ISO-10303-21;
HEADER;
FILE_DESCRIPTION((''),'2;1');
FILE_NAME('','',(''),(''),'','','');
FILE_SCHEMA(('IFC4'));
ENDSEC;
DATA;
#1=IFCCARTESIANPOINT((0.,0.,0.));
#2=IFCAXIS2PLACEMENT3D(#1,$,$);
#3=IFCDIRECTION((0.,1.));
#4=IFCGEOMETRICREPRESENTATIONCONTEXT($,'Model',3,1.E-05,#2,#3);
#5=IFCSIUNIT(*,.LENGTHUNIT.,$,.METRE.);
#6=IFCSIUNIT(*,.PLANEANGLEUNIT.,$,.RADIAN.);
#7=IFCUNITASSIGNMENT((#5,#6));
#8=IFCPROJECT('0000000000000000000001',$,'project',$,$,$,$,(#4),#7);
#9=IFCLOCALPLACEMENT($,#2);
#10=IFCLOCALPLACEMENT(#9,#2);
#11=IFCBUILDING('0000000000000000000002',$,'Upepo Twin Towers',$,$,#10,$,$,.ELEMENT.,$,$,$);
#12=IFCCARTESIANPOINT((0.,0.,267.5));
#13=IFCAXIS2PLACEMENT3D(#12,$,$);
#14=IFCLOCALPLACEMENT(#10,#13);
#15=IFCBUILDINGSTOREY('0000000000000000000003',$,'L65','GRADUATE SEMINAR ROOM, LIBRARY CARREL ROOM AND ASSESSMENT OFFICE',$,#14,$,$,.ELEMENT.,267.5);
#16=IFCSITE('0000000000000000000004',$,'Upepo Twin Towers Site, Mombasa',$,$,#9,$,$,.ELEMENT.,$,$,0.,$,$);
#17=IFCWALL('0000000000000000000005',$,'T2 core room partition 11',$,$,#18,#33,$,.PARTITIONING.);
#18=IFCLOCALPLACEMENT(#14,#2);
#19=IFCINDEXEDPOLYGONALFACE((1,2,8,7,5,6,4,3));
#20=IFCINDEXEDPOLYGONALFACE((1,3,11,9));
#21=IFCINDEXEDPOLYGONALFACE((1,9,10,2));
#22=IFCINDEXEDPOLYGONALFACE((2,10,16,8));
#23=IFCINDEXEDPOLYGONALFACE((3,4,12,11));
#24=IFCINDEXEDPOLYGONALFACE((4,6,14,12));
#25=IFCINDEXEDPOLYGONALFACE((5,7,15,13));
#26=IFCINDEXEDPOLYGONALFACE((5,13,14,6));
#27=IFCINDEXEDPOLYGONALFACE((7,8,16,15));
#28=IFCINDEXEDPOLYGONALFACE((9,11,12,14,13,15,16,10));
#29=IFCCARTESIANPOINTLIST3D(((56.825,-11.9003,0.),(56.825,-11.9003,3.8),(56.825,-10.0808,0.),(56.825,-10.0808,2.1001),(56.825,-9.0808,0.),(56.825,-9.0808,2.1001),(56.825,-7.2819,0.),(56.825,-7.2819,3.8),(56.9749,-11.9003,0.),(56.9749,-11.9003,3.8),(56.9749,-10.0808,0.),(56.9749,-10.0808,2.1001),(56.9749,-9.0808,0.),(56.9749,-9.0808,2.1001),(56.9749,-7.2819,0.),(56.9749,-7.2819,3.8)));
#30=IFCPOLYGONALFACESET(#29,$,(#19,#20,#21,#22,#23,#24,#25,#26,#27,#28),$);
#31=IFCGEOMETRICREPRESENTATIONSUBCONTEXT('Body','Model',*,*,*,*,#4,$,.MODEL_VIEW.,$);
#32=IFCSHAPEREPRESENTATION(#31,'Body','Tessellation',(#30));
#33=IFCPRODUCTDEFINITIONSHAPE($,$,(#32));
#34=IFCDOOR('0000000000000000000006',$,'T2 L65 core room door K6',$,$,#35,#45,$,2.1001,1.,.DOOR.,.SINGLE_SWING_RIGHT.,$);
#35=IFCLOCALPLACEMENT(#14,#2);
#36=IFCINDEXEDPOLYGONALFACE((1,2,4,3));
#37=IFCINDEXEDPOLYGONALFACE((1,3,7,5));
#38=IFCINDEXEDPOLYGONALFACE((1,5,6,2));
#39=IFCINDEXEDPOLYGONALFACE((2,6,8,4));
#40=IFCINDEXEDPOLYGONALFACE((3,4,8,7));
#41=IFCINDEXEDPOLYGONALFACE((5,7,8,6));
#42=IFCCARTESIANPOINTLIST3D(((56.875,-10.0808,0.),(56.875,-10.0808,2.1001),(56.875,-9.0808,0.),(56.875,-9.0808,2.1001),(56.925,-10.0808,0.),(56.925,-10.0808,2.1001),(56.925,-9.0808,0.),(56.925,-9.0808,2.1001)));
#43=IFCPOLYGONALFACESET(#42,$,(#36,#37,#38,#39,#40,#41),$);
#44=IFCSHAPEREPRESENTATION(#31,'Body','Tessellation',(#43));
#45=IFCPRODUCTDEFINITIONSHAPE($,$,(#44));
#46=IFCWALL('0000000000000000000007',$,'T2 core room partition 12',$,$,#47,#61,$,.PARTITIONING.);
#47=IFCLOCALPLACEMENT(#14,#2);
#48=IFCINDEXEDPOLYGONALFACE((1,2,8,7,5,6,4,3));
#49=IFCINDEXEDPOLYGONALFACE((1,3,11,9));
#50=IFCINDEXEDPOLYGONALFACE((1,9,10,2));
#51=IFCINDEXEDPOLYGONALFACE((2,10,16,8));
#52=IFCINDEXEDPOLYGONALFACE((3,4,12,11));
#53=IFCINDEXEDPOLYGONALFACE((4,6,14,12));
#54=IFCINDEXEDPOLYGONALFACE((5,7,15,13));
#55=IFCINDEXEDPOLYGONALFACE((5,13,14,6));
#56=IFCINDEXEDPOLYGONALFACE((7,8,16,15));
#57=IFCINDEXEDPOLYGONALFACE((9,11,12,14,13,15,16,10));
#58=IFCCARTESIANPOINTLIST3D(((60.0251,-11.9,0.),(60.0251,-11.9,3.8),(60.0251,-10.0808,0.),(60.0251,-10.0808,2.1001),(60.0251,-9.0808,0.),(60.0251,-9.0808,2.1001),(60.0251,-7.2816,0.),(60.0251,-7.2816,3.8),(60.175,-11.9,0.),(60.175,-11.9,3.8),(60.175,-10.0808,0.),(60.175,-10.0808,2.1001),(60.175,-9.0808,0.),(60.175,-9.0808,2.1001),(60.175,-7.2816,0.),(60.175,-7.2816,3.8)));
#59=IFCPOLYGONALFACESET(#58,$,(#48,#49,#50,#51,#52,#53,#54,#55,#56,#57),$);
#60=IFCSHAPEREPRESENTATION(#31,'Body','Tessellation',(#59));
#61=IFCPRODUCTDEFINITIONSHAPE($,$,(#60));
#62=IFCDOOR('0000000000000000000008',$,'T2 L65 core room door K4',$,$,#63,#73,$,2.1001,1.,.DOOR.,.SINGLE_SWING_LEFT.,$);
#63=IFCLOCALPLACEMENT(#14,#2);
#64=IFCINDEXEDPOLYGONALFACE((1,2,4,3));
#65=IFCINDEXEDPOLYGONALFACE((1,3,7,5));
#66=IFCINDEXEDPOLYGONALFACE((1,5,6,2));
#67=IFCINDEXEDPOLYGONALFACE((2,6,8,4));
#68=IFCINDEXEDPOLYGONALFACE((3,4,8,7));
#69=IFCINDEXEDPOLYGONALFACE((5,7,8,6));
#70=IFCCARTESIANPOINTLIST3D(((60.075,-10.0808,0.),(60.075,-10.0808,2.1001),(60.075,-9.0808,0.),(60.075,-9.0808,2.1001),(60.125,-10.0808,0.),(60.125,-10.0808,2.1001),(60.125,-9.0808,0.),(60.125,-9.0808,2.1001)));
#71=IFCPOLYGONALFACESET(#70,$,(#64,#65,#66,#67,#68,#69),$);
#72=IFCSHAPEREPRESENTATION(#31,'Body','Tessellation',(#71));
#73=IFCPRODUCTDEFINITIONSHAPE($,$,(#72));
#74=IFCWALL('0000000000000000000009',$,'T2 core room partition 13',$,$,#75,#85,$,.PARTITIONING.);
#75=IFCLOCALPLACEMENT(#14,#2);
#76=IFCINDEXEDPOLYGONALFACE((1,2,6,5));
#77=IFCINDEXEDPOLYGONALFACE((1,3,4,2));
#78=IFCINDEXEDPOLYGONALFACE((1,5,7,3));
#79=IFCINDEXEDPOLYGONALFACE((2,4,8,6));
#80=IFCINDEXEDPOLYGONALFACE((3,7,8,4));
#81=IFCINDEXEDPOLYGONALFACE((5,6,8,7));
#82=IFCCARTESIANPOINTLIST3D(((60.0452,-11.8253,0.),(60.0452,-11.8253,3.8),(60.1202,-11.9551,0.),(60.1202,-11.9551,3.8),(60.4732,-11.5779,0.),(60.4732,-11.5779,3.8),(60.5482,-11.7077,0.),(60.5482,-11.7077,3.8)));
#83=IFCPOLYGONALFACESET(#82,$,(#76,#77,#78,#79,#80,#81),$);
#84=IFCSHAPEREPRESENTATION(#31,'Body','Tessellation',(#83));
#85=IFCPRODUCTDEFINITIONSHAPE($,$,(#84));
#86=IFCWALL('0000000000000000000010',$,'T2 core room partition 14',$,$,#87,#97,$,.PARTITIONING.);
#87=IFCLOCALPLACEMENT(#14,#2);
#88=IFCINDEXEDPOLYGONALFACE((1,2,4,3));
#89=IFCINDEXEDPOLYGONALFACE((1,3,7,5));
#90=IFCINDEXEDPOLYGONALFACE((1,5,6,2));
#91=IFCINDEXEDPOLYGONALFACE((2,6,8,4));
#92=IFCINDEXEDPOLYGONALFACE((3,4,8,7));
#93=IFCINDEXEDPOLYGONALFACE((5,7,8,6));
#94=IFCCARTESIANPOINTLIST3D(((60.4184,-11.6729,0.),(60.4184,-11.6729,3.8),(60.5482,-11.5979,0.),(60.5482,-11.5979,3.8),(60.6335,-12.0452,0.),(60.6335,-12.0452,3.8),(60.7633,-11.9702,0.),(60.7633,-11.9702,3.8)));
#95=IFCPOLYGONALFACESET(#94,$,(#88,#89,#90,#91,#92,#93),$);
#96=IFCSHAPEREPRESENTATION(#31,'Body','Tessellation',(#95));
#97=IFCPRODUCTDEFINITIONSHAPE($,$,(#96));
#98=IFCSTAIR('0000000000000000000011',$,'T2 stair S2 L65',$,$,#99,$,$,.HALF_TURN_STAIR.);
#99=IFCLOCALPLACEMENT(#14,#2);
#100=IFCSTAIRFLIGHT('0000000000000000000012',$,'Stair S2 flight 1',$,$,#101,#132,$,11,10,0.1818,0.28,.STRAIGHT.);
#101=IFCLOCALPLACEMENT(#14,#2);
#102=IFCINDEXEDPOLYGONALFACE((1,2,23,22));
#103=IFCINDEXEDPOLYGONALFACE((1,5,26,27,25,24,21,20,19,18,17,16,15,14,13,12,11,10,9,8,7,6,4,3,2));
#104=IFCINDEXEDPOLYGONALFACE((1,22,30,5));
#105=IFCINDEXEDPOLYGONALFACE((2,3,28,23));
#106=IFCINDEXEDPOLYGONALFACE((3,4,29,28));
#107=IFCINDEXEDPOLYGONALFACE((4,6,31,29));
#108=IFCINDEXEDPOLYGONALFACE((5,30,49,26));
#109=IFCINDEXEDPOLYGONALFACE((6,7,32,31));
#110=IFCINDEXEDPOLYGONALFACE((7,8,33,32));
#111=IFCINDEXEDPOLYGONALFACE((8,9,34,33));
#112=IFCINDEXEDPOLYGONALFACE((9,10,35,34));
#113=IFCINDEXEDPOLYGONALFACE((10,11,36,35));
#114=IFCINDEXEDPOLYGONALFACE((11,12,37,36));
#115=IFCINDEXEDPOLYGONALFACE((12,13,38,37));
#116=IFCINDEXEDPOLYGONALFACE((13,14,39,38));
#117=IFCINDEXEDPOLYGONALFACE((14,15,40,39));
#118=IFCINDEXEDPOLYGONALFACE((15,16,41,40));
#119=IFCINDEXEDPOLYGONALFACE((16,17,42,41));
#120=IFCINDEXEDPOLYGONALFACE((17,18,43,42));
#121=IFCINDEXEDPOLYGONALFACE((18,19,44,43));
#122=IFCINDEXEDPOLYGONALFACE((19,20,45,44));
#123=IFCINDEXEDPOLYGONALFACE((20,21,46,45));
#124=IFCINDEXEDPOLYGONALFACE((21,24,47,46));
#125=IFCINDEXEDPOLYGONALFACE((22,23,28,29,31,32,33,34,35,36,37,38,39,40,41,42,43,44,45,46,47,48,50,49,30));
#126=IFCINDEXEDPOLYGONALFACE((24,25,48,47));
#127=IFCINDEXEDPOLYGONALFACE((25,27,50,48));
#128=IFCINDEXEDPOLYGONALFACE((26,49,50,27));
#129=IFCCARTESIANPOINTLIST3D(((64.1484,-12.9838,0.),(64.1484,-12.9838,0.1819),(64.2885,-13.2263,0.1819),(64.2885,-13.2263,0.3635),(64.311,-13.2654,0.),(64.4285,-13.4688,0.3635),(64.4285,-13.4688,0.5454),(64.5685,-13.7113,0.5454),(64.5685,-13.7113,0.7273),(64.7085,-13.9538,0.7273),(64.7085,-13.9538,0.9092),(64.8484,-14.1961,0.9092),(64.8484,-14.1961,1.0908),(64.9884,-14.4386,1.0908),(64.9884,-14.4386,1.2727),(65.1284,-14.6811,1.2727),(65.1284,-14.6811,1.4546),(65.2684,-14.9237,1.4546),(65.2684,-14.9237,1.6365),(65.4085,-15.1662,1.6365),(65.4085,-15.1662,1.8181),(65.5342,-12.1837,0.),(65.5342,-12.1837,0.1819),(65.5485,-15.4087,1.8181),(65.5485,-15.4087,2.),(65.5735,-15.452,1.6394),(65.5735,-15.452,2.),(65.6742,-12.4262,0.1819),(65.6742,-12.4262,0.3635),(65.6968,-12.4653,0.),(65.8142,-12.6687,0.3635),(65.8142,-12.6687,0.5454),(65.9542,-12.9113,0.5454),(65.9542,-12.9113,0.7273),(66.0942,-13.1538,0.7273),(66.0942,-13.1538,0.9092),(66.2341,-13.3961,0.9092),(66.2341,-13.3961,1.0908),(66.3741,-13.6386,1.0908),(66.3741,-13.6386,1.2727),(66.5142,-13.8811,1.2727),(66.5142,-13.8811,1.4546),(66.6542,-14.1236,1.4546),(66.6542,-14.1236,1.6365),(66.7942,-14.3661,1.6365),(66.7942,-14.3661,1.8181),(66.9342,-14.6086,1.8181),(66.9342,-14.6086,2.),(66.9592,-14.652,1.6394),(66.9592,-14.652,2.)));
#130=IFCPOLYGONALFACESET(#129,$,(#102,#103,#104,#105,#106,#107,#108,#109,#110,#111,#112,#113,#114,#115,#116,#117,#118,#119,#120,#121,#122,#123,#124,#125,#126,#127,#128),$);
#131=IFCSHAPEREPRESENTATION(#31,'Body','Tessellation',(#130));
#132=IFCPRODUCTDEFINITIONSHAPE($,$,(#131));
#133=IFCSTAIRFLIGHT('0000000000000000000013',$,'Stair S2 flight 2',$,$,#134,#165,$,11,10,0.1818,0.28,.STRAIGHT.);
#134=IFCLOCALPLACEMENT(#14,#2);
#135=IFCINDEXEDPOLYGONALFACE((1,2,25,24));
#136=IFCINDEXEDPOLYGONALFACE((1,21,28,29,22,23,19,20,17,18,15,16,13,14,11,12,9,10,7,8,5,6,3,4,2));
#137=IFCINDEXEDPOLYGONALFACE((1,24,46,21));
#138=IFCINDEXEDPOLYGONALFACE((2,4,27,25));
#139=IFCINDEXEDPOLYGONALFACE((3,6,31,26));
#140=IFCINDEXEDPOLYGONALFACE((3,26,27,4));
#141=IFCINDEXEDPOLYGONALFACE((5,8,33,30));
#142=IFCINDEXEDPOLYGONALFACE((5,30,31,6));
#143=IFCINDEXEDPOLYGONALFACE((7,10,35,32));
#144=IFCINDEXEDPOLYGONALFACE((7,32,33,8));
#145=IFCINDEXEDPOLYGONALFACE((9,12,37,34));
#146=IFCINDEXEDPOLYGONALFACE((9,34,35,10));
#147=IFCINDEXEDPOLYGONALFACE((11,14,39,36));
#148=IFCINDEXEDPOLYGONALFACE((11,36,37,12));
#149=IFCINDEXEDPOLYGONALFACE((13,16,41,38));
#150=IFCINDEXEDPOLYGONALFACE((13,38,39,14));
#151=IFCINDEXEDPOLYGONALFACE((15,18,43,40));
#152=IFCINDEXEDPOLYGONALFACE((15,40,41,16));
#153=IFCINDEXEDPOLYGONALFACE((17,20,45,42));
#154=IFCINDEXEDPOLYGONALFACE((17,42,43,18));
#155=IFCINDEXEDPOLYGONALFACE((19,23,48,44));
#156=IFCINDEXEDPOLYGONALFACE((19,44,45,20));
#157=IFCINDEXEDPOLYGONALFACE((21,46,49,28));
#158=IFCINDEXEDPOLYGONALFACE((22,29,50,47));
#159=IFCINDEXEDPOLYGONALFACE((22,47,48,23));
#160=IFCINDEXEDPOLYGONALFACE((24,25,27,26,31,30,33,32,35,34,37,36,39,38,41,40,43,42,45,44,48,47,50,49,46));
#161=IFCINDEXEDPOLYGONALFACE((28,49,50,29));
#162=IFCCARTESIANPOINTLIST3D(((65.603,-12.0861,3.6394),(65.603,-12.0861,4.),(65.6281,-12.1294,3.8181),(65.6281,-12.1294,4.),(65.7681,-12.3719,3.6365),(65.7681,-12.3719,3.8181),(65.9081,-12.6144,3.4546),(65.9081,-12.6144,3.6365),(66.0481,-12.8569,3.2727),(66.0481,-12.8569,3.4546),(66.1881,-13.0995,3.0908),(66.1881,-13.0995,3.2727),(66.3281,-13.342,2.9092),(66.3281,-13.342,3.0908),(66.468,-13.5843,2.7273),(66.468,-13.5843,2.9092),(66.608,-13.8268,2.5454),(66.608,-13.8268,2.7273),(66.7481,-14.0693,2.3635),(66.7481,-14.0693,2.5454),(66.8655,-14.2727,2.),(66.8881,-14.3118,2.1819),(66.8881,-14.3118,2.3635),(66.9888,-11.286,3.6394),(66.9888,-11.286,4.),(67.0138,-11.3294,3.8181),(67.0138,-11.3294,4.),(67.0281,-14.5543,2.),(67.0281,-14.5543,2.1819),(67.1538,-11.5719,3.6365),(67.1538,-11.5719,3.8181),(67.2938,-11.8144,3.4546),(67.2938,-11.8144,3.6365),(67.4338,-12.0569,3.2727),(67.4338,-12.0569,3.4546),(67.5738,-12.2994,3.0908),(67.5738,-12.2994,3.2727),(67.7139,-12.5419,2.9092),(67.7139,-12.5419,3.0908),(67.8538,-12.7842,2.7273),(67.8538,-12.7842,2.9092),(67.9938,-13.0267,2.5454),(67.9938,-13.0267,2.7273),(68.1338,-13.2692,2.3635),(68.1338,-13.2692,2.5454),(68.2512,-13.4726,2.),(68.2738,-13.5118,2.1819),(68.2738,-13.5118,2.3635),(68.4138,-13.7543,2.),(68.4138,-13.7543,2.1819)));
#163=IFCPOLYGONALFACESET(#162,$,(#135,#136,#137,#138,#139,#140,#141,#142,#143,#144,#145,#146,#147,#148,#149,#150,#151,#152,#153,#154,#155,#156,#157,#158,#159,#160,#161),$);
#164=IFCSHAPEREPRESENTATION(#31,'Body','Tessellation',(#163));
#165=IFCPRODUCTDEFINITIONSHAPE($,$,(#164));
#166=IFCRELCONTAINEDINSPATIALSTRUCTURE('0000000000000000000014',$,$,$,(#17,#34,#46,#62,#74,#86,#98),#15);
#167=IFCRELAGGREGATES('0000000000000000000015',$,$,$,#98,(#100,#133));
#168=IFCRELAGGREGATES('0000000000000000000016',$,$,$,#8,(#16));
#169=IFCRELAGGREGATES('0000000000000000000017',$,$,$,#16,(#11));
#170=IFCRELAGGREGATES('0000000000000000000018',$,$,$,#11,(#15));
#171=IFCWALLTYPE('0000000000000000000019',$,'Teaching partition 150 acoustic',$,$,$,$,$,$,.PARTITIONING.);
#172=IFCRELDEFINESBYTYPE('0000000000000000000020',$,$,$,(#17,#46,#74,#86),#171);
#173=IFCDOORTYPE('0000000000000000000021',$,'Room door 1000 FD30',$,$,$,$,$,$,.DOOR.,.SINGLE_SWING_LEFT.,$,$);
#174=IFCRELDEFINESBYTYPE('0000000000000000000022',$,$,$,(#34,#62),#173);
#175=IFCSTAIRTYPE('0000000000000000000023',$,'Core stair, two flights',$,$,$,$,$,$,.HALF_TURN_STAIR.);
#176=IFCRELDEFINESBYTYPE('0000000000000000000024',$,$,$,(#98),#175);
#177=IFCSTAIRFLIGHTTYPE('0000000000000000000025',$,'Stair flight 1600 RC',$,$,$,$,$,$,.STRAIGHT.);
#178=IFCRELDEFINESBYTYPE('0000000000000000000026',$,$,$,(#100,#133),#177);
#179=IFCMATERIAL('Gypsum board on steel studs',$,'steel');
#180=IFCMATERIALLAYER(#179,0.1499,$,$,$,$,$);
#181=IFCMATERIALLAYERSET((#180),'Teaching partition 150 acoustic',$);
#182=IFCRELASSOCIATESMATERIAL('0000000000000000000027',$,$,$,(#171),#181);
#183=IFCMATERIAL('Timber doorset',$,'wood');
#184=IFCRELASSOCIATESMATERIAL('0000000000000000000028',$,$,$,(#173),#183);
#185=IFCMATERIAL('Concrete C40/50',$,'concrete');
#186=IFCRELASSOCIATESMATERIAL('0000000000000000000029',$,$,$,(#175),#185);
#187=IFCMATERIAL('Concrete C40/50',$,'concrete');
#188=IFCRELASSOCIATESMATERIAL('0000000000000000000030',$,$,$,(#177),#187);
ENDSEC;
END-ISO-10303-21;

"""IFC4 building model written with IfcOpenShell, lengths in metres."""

from ifc_helpers import new_model, si_unit, direction, frame, frame_2d, origin, place, context, subcontext, project, spatial, polyline, rectangle, outline, extrude, material, layer, layer_set, type_object, element, fill, aggregate, save


model = new_model("IFC4")

# Units and contexts
model_context = context("Model", 3, precision=1e-05, world=origin(), true_north=direction((0.0, 1.0)))
body_context = subcontext(model_context, "Body", "Model", "MODEL_VIEW")
ifc_project = project(units=[si_unit("LENGTHUNIT", "METRE"), si_unit("PLANEANGLEUNIT", "RADIAN")], contexts=[model_context])

# Site, building, storey
site_placement = place(None, origin())
site = spatial("IfcSite", under=ifc_project, at=site_placement, Name="Upepo Twin Towers Site, Mombasa", CompositionType="ELEMENT", RefElevation=0.0)
building_placement = place(site_placement, origin())
building = spatial("IfcBuilding", under=site, at=building_placement, Name="Upepo Twin Towers", CompositionType="ELEMENT")
storey_placement = place(building_placement, frame((0.0, 0.0, 267.5)))
storey = spatial("IfcBuildingStorey", under=building, at=storey_placement, Name="L65", Description="GRADUATE SEMINAR ROOM, LIBRARY CARREL ROOM AND ASSESSMENT OFFICE", CompositionType="ELEMENT", Elevation=267.5)

# Walls, openings, doors
ifc_material_1 = material(Name="Gypsum board on steel studs", Category="steel")
ifc_layer_1 = layer(ifc_material_1, 0.1499)
ifc_layer_set_1 = layer_set([ifc_layer_1], Name="Teaching partition 150 acoustic")
wall_type_1 = type_object("IfcWallType", Name="Teaching partition 150 acoustic", PredefinedType="PARTITIONING", material=ifc_layer_set_1)
wall_1_placement = place(storey_placement, frame((56.8999, -11.9001, 0.0), z_axis=(0.0, 0.0, 1.0), x_axis=(0.0, 1.0, 0.0)))
wall_1 = element("IfcWall", 1, at=wall_1_placement, inside=storey, type_object=wall_type_1, Name="T2 core room partition 11", PredefinedType="PARTITIONING", context=body_context, shape_type="SweptSolid", body=[
    extrude(rectangle(XDim=4.6184, YDim=0.1499, at=frame_2d((2.3091, 0.0))), origin(), (0.0, 0.0, 1.0), 3.8),
])
opening_1_placement = place(wall_1_placement, frame((1.8193, 0.0, 0.0)))
opening_1 = element("IfcOpeningElement", 2, at=opening_1_placement, cuts=wall_1, PredefinedType="OPENING", context=body_context, shape_type="SweptSolid", body=[
    extrude(rectangle(XDim=1.0, YDim=2.1001, at=frame_2d((0.5, 1.05))), frame((0.0, 0.085, 0.0), z_axis=(0.0, -1.0, 0.0), x_axis=(1.0, 0.0, 0.0)), (0.0, 0.0, 1.0), 0.1699),
])
ifc_material_2 = material(Name="Timber doorset", Category="wood")
door_type_1 = type_object("IfcDoorType", Name="Room door 1000 FD30", OperationType="SINGLE_SWING_LEFT", PredefinedType="DOOR", material=ifc_material_2)
door_1_placement = place(opening_1_placement, origin())
door_1 = element("IfcDoor", 3, at=door_1_placement, inside=storey, type_object=door_type_1, Name="T2 L65 core room door K6", OperationType="SINGLE_SWING_RIGHT", OverallHeight=2.1001, OverallWidth=1.0, PredefinedType="DOOR", context=body_context, shape_type="SweptSolid", body=[
    extrude(rectangle(XDim=1.0, YDim=2.1001, at=frame_2d((0.5, 1.05))), frame((0.0, 0.0249, 0.0), z_axis=(0.0, -1.0, 0.0), x_axis=(1.0, 0.0, 0.0)), (0.0, 0.0, 1.0), 0.05),
])
fill(opening_1, door_1)
wall_2_placement = place(storey_placement, frame((60.1001, -7.2817, 0.0), z_axis=(0.0, 0.0, 1.0), x_axis=(0.0, -1.0, 0.0)))
wall_2 = element("IfcWall", 4, at=wall_2_placement, inside=storey, type_object=wall_type_1, Name="T2 core room partition 12", PredefinedType="PARTITIONING", context=body_context, shape_type="SweptSolid", body=[
    extrude(rectangle(XDim=4.6184, YDim=0.1499, at=frame_2d((2.3091, 0.0))), origin(), (0.0, 0.0, 1.0), 3.8),
])
opening_2_placement = place(wall_2_placement, frame((1.7991, 0.0, 0.0)))
opening_2 = element("IfcOpeningElement", 5, at=opening_2_placement, cuts=wall_2, PredefinedType="OPENING", context=body_context, shape_type="SweptSolid", body=[
    extrude(rectangle(XDim=1.0, YDim=2.1001, at=frame_2d((0.5, 1.05))), frame((0.0, 0.085, 0.0), z_axis=(0.0, -1.0, 0.0), x_axis=(1.0, 0.0, 0.0)), (0.0, 0.0, 1.0), 0.1699),
])
door_2_placement = place(opening_2_placement, origin())
door_2 = element("IfcDoor", 6, at=door_2_placement, inside=storey, type_object=door_type_1, Name="T2 L65 core room door K4", OperationType="SINGLE_SWING_LEFT", OverallHeight=2.1001, OverallWidth=1.0, PredefinedType="DOOR", context=body_context, shape_type="SweptSolid", body=[
    extrude(rectangle(XDim=1.0, YDim=2.1001, at=frame_2d((0.5, 1.05))), frame((0.0, 0.0249, 0.0), z_axis=(0.0, -1.0, 0.0), x_axis=(1.0, 0.0, 0.0)), (0.0, 0.0, 1.0), 0.05),
])
fill(opening_2, door_2)

# Walls
wall_3_placement = place(storey_placement, frame((60.0828, -11.8901, 0.0), z_axis=(0.0, 0.0, 1.0), x_axis=(0.865832, 0.500335, 0.0)))
element("IfcWall", 7, at=wall_3_placement, inside=storey, type_object=wall_type_1, Name="T2 core room partition 13", PredefinedType="PARTITIONING", context=body_context, shape_type="SweptSolid", body=[
    extrude(rectangle(XDim=0.4944, YDim=0.1499, at=frame_2d((0.2471, 0.0))), origin(), (0.0, 0.0, 1.0), 3.8),
])
wall_4_placement = place(storey_placement, frame((60.4834, -11.6355, 0.0), z_axis=(0.0, 0.0, 1.0), x_axis=(0.50023, -0.865892, 0.0)))
element("IfcWall", 8, at=wall_4_placement, inside=storey, type_object=wall_type_1, Name="T2 core room partition 14", PredefinedType="PARTITIONING", context=body_context, shape_type="SweptSolid", body=[
    extrude(rectangle(XDim=0.4299, YDim=0.1499, at=frame_2d((0.2148, 0.0))), origin(), (0.0, 0.0, 1.0), 3.8),
])

# Stair, stair flights
ifc_material_3 = material(Name="Concrete C40/50", Category="concrete")
stair_type = type_object("IfcStairType", Name="Core stair, two flights", PredefinedType="HALF_TURN_STAIR", material=ifc_material_3)
stair_placement = place(storey_placement, origin())
stair = element("IfcStair", 9, at=stair_placement, inside=storey, type_object=stair_type, Name="T2 stair S2 L65", PredefinedType="HALF_TURN_STAIR")
ifc_material_4 = material(Name="Concrete C40/50", Category="concrete")
stair_flight_type = type_object("IfcStairFlightType", Name="Stair flight 1600 RC", PredefinedType="STRAIGHT", material=ifc_material_4)
stair_flight_1_placement = place(storey_placement, frame((64.8413, -12.5837, 0.0), z_axis=(0.0, 0.0, 1.0), x_axis=(0.5, -0.866025, 0.0)))
stair_flight_1 = element("IfcStairFlight", 10, at=stair_flight_1_placement, type_object=stair_flight_type, Name="Stair S2 flight 1", NumberOfRisers=11, NumberOfTreads=10, PredefinedType="STRAIGHT", RiserHeight=0.1818, TreadLength=0.28, context=body_context, shape_type="SweptSolid", body=[
    extrude(outline(polyline([(0.0, 0.0), (0.0, 0.1819), (0.28, 0.1819), (0.28, 0.3635), (0.5601, 0.3635), (0.5601, 0.5454), (0.8401, 0.5454), (0.8401, 0.7273), (1.1201, 0.7273), (1.1201, 0.9092), (1.3999, 0.9092), (1.3999, 1.0908), (1.6799, 1.0908), (1.6799, 1.2727), (1.96, 1.2727), (1.96, 1.4546), (2.24, 1.4546), (2.24, 1.6365), (2.52, 1.6365), (2.52, 1.8181), (2.8, 1.8181), (2.8, 2.0), (2.8501, 2.0), (2.8501, 1.6394), (0.3252, 0.0), (0.0, 0.0)])), frame((0.0, 0.8, 0.0), z_axis=(0.0, -1.0, 0.0), x_axis=(1.0, 0.0, 0.0)), (0.0, 0.0, 1.0), 1.6001),
])
stair_flight_2_placement = place(storey_placement, frame((67.7209, -14.1543, 2.0), z_axis=(0.0, 0.0, 1.0), x_axis=(-0.5, 0.866025, 0.0)))
stair_flight_2 = element("IfcStairFlight", 11, at=stair_flight_2_placement, type_object=stair_flight_type, Name="Stair S2 flight 2", NumberOfRisers=11, NumberOfTreads=10, PredefinedType="STRAIGHT", RiserHeight=0.1818, TreadLength=0.28, context=body_context, shape_type="SweptSolid", body=[
    extrude(outline(polyline([(0.0, 0.0), (0.0, 0.1819), (0.28, 0.1819), (0.28, 0.3635), (0.5601, 0.3635), (0.5601, 0.5454), (0.8401, 0.5454), (0.8401, 0.7273), (1.1201, 0.7273), (1.1201, 0.9092), (1.3999, 0.9092), (1.3999, 1.0908), (1.6799, 1.0908), (1.6799, 1.2727), (1.96, 1.2727), (1.96, 1.4546), (2.24, 1.4546), (2.24, 1.6365), (2.52, 1.6365), (2.52, 1.8181), (2.8, 1.8181), (2.8, 2.0), (2.8501, 2.0), (2.8501, 1.6394), (0.3252, 0.0), (0.0, 0.0)])), frame((0.0, 0.8, 0.0), z_axis=(0.0, -1.0, 0.0), x_axis=(1.0, 0.0, 0.0)), (0.0, 0.0, 1.0), 1.6001),
])
aggregate(stair, [stair_flight_1, stair_flight_2])

save(model, "model.ifc")
